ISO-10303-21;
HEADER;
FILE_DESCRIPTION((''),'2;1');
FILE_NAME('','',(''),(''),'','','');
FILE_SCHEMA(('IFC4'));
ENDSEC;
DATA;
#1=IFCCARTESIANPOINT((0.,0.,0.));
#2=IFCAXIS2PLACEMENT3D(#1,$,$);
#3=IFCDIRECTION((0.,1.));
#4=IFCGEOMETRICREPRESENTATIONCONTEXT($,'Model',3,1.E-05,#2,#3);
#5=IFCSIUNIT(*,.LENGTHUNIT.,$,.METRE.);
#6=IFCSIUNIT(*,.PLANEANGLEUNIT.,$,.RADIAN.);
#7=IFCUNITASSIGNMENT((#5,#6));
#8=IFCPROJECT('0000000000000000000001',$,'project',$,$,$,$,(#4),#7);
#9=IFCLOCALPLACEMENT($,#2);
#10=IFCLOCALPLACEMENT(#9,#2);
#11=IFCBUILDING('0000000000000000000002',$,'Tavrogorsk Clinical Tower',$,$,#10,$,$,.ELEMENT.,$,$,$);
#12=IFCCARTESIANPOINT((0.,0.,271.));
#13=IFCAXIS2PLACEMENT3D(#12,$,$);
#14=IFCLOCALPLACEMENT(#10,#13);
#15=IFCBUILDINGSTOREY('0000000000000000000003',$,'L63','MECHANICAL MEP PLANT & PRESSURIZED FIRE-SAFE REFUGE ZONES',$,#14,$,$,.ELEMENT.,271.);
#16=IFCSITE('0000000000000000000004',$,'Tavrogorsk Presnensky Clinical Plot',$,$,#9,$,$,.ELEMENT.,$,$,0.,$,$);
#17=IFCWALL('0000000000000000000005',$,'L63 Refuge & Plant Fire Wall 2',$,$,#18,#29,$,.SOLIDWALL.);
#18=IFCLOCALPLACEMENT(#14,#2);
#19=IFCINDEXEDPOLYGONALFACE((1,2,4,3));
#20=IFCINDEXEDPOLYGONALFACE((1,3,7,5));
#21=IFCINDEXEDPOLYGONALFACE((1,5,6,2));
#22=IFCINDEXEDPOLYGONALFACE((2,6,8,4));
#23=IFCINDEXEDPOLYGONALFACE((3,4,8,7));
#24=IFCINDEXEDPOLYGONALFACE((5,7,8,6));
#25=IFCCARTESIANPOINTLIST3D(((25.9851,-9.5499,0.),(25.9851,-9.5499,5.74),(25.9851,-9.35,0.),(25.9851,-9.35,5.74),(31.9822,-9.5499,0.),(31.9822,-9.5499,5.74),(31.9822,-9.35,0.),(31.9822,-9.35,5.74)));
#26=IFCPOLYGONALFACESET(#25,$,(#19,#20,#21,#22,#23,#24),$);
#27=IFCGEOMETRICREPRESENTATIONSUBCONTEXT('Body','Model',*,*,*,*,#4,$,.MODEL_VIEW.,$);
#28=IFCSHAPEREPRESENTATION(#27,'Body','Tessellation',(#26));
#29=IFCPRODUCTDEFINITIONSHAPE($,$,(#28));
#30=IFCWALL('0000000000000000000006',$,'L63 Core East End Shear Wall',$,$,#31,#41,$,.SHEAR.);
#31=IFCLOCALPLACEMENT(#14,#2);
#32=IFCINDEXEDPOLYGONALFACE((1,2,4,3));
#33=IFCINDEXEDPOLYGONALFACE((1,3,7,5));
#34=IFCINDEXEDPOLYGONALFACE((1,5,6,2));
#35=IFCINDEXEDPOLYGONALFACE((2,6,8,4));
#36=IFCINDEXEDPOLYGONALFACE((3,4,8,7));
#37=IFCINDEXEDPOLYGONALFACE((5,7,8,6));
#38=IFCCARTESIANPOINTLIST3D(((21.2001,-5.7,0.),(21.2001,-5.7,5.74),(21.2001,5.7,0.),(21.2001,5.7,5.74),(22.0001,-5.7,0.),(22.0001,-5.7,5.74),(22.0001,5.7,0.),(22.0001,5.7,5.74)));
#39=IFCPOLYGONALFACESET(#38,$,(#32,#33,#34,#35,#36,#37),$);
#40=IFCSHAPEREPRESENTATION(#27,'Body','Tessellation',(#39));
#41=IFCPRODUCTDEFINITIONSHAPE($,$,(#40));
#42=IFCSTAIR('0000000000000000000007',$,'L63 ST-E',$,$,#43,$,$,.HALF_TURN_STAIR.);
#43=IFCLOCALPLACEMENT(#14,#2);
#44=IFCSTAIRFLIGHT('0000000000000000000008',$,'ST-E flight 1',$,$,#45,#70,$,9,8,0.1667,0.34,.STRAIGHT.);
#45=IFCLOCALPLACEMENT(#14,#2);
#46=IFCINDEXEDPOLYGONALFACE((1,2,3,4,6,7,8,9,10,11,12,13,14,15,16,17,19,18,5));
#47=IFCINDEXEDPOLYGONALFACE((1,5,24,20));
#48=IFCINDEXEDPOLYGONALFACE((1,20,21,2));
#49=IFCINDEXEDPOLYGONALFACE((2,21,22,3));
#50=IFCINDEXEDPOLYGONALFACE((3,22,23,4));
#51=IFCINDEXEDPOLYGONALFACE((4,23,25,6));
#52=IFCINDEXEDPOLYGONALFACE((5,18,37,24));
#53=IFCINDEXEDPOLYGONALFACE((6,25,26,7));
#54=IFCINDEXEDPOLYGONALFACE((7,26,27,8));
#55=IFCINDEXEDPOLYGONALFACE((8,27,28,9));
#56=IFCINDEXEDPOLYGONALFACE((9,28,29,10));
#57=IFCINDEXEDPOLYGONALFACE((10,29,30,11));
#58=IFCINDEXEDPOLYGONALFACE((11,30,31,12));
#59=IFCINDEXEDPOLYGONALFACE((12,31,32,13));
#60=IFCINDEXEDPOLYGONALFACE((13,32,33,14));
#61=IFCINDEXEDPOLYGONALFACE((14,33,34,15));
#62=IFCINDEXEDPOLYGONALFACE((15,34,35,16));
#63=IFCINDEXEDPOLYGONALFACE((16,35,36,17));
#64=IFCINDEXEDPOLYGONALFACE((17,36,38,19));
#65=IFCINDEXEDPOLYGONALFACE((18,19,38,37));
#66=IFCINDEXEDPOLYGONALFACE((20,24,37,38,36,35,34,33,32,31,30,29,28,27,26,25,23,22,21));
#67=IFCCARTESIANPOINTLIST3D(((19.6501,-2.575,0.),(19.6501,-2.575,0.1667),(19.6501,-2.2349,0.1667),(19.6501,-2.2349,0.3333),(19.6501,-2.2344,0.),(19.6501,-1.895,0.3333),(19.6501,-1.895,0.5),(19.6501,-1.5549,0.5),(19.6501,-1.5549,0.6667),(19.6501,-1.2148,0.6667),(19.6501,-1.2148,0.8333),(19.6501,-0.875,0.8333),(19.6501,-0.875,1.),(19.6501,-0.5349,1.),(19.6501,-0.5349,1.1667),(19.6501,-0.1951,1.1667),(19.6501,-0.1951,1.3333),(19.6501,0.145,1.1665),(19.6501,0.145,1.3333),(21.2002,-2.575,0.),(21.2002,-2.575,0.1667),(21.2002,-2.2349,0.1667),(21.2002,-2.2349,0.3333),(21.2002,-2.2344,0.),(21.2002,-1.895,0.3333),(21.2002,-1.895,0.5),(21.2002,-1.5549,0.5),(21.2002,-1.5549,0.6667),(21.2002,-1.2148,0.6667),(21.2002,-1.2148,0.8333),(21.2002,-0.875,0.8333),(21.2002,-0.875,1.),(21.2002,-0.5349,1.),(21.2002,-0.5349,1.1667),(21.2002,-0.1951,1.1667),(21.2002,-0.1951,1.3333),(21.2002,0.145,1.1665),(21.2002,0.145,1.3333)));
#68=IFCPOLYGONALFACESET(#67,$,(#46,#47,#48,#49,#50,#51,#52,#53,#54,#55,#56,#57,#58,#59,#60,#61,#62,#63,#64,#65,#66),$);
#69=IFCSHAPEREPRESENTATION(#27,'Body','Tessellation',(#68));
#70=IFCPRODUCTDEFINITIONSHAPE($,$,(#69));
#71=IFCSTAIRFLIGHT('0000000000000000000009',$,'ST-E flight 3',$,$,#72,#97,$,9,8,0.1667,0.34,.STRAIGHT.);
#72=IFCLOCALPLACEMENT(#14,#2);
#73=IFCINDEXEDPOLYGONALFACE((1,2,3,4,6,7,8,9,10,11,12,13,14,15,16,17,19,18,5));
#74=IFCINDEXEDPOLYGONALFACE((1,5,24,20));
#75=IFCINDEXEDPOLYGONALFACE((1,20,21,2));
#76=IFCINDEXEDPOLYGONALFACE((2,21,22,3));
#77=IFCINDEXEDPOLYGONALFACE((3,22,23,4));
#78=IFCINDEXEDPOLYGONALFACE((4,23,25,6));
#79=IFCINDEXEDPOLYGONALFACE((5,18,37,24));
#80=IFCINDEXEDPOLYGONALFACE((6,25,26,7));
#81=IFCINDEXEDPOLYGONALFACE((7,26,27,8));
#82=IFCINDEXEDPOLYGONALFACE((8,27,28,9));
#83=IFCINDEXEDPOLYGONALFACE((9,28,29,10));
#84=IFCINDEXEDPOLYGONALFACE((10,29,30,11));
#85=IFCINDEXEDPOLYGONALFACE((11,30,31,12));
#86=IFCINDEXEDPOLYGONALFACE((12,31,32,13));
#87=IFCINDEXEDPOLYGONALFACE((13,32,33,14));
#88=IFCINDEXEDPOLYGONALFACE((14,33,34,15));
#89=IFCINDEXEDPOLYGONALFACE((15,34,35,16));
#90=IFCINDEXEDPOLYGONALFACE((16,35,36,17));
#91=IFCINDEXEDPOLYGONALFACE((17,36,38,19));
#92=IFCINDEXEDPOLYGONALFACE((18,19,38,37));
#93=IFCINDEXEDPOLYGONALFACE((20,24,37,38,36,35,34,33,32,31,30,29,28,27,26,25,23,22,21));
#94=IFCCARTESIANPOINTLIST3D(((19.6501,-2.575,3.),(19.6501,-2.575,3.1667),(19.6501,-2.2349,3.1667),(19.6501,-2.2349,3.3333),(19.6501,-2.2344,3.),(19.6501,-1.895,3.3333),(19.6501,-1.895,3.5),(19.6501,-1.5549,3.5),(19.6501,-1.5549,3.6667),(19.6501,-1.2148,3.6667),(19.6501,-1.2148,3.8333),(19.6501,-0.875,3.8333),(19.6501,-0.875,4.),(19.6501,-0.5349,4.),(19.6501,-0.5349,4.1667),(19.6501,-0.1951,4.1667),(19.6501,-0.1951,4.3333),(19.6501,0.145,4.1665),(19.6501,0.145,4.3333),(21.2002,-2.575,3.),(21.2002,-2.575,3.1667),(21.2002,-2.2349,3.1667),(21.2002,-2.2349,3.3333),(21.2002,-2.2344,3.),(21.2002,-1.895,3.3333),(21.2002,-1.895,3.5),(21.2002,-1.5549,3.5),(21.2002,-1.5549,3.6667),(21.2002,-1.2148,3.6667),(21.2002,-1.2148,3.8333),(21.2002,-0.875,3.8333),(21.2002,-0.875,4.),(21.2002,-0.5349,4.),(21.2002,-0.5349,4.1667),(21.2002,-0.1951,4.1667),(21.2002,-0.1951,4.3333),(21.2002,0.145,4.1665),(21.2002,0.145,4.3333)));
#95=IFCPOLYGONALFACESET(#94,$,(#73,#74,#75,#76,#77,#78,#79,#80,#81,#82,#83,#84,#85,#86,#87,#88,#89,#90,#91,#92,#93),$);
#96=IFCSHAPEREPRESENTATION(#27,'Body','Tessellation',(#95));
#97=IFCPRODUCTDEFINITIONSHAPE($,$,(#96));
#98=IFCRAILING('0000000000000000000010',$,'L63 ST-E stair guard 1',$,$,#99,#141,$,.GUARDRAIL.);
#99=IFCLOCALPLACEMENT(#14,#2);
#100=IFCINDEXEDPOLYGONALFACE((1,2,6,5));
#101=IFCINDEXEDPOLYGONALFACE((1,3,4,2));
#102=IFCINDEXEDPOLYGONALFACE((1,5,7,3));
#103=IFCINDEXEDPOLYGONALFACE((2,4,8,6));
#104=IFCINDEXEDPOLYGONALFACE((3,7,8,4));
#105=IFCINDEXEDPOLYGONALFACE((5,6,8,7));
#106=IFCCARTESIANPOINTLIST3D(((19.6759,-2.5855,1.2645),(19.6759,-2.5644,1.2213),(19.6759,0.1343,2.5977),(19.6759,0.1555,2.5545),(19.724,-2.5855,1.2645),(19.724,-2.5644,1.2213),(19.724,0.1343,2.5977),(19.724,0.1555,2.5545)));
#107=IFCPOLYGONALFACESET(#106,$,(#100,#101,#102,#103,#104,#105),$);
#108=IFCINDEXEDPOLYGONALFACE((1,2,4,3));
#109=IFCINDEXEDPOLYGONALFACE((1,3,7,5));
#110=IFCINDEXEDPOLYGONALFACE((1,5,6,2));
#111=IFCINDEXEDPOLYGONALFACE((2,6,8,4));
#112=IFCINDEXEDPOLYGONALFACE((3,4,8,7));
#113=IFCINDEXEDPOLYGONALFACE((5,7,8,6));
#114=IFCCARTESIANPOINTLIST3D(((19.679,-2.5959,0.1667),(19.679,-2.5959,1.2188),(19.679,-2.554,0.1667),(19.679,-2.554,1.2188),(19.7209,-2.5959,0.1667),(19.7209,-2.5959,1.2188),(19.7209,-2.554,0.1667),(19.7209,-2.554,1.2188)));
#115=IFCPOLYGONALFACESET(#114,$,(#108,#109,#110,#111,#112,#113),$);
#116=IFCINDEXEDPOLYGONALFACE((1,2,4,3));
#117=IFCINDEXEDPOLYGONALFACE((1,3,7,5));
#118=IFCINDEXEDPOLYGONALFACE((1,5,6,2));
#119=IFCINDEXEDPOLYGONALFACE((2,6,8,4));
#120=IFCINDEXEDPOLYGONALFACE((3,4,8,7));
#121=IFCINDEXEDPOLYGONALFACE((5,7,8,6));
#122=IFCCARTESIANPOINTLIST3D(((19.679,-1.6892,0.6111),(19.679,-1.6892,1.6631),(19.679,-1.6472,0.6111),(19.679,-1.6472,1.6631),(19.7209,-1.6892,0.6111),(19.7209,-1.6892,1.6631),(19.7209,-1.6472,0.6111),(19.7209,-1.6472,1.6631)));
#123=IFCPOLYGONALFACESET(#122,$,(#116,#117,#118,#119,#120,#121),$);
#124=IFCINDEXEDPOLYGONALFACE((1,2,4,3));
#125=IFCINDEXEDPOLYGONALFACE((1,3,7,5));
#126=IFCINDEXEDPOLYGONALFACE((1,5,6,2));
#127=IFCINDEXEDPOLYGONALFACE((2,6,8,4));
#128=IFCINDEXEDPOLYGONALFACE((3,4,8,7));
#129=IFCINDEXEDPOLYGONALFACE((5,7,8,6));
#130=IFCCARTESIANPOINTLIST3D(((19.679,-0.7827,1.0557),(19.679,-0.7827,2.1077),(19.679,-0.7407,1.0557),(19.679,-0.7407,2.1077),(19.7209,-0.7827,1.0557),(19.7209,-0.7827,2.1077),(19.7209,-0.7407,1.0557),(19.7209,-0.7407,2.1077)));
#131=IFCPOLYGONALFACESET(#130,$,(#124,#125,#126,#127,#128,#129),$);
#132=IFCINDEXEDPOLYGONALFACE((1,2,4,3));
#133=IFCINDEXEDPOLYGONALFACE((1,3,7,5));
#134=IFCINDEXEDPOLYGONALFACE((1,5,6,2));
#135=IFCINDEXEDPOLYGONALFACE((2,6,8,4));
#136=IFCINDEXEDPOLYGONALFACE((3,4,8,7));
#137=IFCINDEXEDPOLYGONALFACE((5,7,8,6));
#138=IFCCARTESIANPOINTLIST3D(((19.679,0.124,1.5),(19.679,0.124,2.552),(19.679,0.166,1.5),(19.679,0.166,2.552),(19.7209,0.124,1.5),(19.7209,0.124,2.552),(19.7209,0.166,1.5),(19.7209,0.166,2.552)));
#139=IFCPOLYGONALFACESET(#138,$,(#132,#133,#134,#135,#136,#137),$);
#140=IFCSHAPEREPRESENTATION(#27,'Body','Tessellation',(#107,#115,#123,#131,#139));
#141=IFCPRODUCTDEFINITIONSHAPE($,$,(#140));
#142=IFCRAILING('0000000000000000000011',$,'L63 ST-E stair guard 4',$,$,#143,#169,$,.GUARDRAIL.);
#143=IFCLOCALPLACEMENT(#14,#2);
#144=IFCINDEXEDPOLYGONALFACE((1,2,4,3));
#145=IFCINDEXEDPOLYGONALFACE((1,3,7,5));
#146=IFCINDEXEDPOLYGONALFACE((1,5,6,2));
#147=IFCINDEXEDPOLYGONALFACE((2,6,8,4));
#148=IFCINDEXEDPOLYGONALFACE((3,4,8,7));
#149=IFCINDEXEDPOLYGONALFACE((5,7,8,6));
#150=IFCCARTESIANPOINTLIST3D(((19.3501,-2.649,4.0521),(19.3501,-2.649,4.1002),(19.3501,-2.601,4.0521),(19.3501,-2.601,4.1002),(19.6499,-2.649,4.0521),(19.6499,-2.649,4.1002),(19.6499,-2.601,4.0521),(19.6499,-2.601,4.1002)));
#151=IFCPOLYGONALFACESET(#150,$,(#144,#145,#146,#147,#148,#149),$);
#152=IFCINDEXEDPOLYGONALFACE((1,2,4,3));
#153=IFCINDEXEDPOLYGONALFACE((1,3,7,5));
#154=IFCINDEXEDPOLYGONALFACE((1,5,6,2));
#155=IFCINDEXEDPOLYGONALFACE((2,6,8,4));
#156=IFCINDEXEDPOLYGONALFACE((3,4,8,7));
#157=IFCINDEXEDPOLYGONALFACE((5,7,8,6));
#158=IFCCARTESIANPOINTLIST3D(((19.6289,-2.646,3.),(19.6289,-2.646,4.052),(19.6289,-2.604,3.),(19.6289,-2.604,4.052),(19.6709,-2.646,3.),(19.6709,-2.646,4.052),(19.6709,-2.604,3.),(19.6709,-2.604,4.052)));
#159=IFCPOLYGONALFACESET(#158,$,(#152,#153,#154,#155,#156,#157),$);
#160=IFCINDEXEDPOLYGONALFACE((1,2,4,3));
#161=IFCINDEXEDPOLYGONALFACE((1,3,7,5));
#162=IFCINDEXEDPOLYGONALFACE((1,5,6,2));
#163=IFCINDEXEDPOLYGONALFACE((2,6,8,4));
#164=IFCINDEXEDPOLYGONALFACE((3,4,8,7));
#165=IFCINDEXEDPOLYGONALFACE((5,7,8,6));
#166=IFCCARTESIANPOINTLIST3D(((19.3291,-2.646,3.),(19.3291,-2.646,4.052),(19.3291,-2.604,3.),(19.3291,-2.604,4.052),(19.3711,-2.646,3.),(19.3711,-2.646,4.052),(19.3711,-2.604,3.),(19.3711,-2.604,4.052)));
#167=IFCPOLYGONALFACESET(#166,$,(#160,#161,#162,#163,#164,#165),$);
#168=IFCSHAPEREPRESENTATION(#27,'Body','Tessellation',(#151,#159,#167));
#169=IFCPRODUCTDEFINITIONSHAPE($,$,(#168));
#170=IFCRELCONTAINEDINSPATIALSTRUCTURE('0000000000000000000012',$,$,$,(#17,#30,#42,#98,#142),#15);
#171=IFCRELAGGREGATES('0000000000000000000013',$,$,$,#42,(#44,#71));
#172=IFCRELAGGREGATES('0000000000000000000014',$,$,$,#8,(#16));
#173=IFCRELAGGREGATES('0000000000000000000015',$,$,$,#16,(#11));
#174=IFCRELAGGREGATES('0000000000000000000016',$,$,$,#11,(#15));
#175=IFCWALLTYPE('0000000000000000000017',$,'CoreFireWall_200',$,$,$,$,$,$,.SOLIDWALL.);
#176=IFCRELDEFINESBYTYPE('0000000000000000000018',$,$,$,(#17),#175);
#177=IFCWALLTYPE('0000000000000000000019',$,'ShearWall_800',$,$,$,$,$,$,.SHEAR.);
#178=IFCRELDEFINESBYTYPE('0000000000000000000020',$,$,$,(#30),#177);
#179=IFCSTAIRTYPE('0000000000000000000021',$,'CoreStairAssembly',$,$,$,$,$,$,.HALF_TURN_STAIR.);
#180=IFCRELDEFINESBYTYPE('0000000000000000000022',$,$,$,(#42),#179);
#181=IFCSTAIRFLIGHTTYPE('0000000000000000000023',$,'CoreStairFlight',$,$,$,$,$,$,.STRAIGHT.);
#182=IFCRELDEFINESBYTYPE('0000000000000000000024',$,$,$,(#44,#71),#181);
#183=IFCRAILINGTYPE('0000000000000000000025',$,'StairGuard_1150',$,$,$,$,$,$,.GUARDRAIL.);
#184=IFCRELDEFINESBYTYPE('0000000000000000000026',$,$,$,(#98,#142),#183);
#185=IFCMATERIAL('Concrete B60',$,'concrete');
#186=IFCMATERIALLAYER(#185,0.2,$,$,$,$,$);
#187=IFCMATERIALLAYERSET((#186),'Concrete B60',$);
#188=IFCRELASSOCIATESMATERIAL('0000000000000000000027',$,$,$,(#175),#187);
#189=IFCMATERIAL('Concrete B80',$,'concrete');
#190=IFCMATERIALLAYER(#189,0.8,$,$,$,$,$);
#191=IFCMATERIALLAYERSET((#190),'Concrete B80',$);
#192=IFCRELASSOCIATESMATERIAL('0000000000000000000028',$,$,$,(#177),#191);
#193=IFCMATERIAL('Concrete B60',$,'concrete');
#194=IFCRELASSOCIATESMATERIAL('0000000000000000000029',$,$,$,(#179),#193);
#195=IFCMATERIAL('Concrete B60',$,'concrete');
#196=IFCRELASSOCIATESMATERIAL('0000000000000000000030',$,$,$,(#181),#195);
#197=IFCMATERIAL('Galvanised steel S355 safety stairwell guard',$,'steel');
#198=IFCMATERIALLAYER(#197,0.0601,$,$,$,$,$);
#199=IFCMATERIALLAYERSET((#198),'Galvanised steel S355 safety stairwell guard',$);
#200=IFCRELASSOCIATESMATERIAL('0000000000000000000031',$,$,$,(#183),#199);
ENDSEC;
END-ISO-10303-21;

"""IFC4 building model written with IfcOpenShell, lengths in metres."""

from ifc_helpers import new_model, si_unit, direction, frame, frame_2d, origin, origin_2d, place, context, subcontext, project, spatial, polyline, rectangle, outline, extrude, material, layer, layer_set, type_object, element, aggregate, save


model = new_model("IFC4")

# Units and contexts
model_context = context("Model", 3, precision=1e-05, world=origin(), true_north=direction((0.0, 1.0)))
body_context = subcontext(model_context, "Body", "Model", "MODEL_VIEW")
ifc_project = project(units=[si_unit("LENGTHUNIT", "METRE"), si_unit("PLANEANGLEUNIT", "RADIAN")], contexts=[model_context])

# Site, building, storey
site_placement = place(None, origin())
site = spatial("IfcSite", under=ifc_project, at=site_placement, Name="Tavrogorsk Presnensky Clinical Plot", CompositionType="ELEMENT", RefElevation=0.0)
building_placement = place(site_placement, origin())
building = spatial("IfcBuilding", under=site, at=building_placement, Name="Tavrogorsk Clinical Tower", CompositionType="ELEMENT")
storey_placement = place(building_placement, frame((0.0, 0.0, 271.0)))
storey = spatial("IfcBuildingStorey", under=building, at=storey_placement, Name="L63", Description="MECHANICAL MEP PLANT & PRESSURIZED FIRE-SAFE REFUGE ZONES", CompositionType="ELEMENT", Elevation=271.0)

# Shared definitions
ifc_material_1 = material(Name="Concrete B60", Category="concrete")
ifc_layer_1 = layer(ifc_material_1, 0.2)
ifc_layer_set_1 = layer_set([ifc_layer_1], Name="Concrete B60")
wall_type_1 = type_object("IfcWallType", Name="CoreFireWall_200", PredefinedType="SOLIDWALL", material=ifc_layer_set_1)

# Walls
wall_1_placement = place(storey_placement, frame((25.9851, -9.45, 0.0), z_axis=(0.0, 0.0, 1.0), x_axis=(1.0, 0.0, 0.0)))
element("IfcWall", 1, at=wall_1_placement, inside=storey, type_object=wall_type_1, Name="L63 Refuge & Plant Fire Wall 2", PredefinedType="SOLIDWALL", context=body_context, shape_type="SweptSolid", body=[
    extrude(rectangle(XDim=5.9971, YDim=0.2, at=frame_2d((2.9985, 0.0))), origin(), (0.0, 0.0, 1.0), 5.74),
])
ifc_material_2 = material(Name="Concrete B80", Category="concrete")
ifc_layer_2 = layer(ifc_material_2, 0.8)
ifc_layer_set_2 = layer_set([ifc_layer_2], Name="Concrete B80")
wall_type_2 = type_object("IfcWallType", Name="ShearWall_800", PredefinedType="SHEAR", material=ifc_layer_set_2)
wall_2_placement = place(storey_placement, frame((21.6001, -5.7, 0.0), z_axis=(0.0, 0.0, 1.0), x_axis=(0.0, 1.0, 0.0)))
element("IfcWall", 2, at=wall_2_placement, inside=storey, type_object=wall_type_2, Name="L63 Core East End Shear Wall", PredefinedType="SHEAR", context=body_context, shape_type="SweptSolid", body=[
    extrude(rectangle(XDim=11.3999, YDim=0.8, at=frame_2d((5.7, 0.0))), origin(), (0.0, 0.0, 1.0), 5.74),
])

# Stair, stair flights
ifc_material_3 = material(Name="Concrete B60", Category="concrete")
stair_type = type_object("IfcStairType", Name="CoreStairAssembly", PredefinedType="HALF_TURN_STAIR", material=ifc_material_3)
stair_placement = place(storey_placement, origin())
stair = element("IfcStair", 3, at=stair_placement, inside=storey, type_object=stair_type, Name="L63 ST-E", PredefinedType="HALF_TURN_STAIR")
ifc_material_4 = material(Name="Concrete B60", Category="concrete")
stair_flight_type = type_object("IfcStairFlightType", Name="CoreStairFlight", PredefinedType="STRAIGHT", material=ifc_material_4)
stair_flight_1_placement = place(storey_placement, frame((20.425, -2.575, 0.0), z_axis=(0.0, 0.0, 1.0), x_axis=(0.0, 1.0, 0.0)))
stair_flight_1 = element("IfcStairFlight", 4, at=stair_flight_1_placement, type_object=stair_flight_type, Name="ST-E flight 1", NumberOfRisers=9, NumberOfTreads=8, PredefinedType="STRAIGHT", RiserHeight=0.1667, TreadLength=0.34, context=body_context, shape_type="SweptSolid", body=[
    extrude(outline(polyline([(0.0, 0.0), (0.0, 0.1667), (0.3401, 0.1667), (0.3401, 0.3333), (0.6799, 0.3333), (0.6799, 0.5), (1.02, 0.5), (1.02, 0.6667), (1.3601, 0.6667), (1.3601, 0.8333), (1.7, 0.8333), (1.7, 1.0), (2.04, 1.0), (2.04, 1.1667), (2.3799, 1.1667), (2.3799, 1.3333), (2.72, 1.3333), (2.72, 1.5), (2.72, 1.1665), (0.3406, 0.0), (0.0, 0.0)])), frame((0.0, 0.7749, 0.0), z_axis=(0.0, -1.0, 0.0), x_axis=(1.0, 0.0, 0.0)), (0.0, 0.0, 1.0), 1.55),
])
stair_flight_2_placement = place(storey_placement, frame((20.425, -2.575, 3.0), z_axis=(0.0, 0.0, 1.0), x_axis=(0.0, 1.0, 0.0)))
stair_flight_2 = element("IfcStairFlight", 5, at=stair_flight_2_placement, type_object=stair_flight_type, Name="ST-E flight 3", NumberOfRisers=9, NumberOfTreads=8, PredefinedType="STRAIGHT", RiserHeight=0.1667, TreadLength=0.34, context=body_context, shape_type="SweptSolid", body=[
    extrude(outline(polyline([(0.0, 0.0), (0.0, 0.1667), (0.3401, 0.1667), (0.3401, 0.3333), (0.6799, 0.3333), (0.6799, 0.5), (1.02, 0.5), (1.02, 0.6667), (1.3601, 0.6667), (1.3601, 0.8333), (1.7, 0.8333), (1.7, 1.0), (2.04, 1.0), (2.04, 1.1667), (2.3799, 1.1667), (2.3799, 1.3333), (2.72, 1.3333), (2.72, 1.5), (2.72, 1.1665), (0.3406, 0.0), (0.0, 0.0)])), frame((0.0, 0.7749, 0.0), z_axis=(0.0, -1.0, 0.0), x_axis=(1.0, 0.0, 0.0)), (0.0, 0.0, 1.0), 1.55),
])
aggregate(stair, [stair_flight_1, stair_flight_2])

# Railings
ifc_material_5 = material(Name="Galvanised steel S355 safety stairwell guard", Category="steel")
ifc_layer_3 = layer(ifc_material_5, 0.0601)
ifc_layer_set_3 = layer_set([ifc_layer_3], Name="Galvanised steel S355 safety stairwell guard")
railing_type_1 = type_object("IfcRailingType", Name="StairGuard_1150", PredefinedType="GUARDRAIL", material=ifc_layer_set_3)
railing_1_placement = place(storey_placement, frame((19.7, -2.575, 0.1667)))
element("IfcRailing", 6, at=railing_1_placement, inside=storey, type_object=railing_type_1, Name="L63 ST-E stair guard 1", PredefinedType="GUARDRAIL", context=body_context, shape_type="SweptSolid", body=[
    extrude(rectangle(XDim=0.0481, YDim=0.0481, at=origin_2d()), frame((0.0, 0.0, 1.0762), z_axis=(0.0, 0.897929, 0.440139), x_axis=(-1.0, 0.0, 0.0)), (0.0, 0.0, 1.0), 3.0291),
    extrude(rectangle(XDim=0.042, YDim=0.042, at=origin_2d()), origin(), (0.0, 0.0, 1.0), 1.052),
    extrude(rectangle(XDim=0.042, YDim=0.042, at=origin_2d()), frame((0.0, 0.9067, 0.4443)), (0.0, 0.0, 1.0), 1.052),
    extrude(rectangle(XDim=0.042, YDim=0.042, at=origin_2d()), frame((0.0, 1.8132, 0.8889)), (0.0, 0.0, 1.0), 1.052),
    extrude(rectangle(XDim=0.042, YDim=0.042, at=origin_2d()), frame((0.0, 2.72, 1.3333)), (0.0, 0.0, 1.0), 1.052),
])
railing_2_placement = place(storey_placement, frame((19.6499, -2.625, 3.0)))
element("IfcRailing", 7, at=railing_2_placement, inside=storey, type_object=railing_type_1, Name="L63 ST-E stair guard 4", PredefinedType="GUARDRAIL", context=body_context, shape_type="SweptSolid", body=[
    extrude(rectangle(XDim=0.0481, YDim=0.0481, at=origin_2d()), frame((0.0, 0.0, 1.0762), z_axis=(-1.0, 0.0, 0.0), x_axis=(0.0, -1.0, 0.0)), (0.0, 0.0, 1.0), 0.2998),
    extrude(rectangle(XDim=0.042, YDim=0.042, at=origin_2d()), origin(), (0.0, 0.0, 1.0), 1.052),
    extrude(rectangle(XDim=0.042, YDim=0.042, at=origin_2d()), frame((-0.2998, 0.0, 0.0)), (0.0, 0.0, 1.0), 1.052),
])

save(model, "model.ifc")
